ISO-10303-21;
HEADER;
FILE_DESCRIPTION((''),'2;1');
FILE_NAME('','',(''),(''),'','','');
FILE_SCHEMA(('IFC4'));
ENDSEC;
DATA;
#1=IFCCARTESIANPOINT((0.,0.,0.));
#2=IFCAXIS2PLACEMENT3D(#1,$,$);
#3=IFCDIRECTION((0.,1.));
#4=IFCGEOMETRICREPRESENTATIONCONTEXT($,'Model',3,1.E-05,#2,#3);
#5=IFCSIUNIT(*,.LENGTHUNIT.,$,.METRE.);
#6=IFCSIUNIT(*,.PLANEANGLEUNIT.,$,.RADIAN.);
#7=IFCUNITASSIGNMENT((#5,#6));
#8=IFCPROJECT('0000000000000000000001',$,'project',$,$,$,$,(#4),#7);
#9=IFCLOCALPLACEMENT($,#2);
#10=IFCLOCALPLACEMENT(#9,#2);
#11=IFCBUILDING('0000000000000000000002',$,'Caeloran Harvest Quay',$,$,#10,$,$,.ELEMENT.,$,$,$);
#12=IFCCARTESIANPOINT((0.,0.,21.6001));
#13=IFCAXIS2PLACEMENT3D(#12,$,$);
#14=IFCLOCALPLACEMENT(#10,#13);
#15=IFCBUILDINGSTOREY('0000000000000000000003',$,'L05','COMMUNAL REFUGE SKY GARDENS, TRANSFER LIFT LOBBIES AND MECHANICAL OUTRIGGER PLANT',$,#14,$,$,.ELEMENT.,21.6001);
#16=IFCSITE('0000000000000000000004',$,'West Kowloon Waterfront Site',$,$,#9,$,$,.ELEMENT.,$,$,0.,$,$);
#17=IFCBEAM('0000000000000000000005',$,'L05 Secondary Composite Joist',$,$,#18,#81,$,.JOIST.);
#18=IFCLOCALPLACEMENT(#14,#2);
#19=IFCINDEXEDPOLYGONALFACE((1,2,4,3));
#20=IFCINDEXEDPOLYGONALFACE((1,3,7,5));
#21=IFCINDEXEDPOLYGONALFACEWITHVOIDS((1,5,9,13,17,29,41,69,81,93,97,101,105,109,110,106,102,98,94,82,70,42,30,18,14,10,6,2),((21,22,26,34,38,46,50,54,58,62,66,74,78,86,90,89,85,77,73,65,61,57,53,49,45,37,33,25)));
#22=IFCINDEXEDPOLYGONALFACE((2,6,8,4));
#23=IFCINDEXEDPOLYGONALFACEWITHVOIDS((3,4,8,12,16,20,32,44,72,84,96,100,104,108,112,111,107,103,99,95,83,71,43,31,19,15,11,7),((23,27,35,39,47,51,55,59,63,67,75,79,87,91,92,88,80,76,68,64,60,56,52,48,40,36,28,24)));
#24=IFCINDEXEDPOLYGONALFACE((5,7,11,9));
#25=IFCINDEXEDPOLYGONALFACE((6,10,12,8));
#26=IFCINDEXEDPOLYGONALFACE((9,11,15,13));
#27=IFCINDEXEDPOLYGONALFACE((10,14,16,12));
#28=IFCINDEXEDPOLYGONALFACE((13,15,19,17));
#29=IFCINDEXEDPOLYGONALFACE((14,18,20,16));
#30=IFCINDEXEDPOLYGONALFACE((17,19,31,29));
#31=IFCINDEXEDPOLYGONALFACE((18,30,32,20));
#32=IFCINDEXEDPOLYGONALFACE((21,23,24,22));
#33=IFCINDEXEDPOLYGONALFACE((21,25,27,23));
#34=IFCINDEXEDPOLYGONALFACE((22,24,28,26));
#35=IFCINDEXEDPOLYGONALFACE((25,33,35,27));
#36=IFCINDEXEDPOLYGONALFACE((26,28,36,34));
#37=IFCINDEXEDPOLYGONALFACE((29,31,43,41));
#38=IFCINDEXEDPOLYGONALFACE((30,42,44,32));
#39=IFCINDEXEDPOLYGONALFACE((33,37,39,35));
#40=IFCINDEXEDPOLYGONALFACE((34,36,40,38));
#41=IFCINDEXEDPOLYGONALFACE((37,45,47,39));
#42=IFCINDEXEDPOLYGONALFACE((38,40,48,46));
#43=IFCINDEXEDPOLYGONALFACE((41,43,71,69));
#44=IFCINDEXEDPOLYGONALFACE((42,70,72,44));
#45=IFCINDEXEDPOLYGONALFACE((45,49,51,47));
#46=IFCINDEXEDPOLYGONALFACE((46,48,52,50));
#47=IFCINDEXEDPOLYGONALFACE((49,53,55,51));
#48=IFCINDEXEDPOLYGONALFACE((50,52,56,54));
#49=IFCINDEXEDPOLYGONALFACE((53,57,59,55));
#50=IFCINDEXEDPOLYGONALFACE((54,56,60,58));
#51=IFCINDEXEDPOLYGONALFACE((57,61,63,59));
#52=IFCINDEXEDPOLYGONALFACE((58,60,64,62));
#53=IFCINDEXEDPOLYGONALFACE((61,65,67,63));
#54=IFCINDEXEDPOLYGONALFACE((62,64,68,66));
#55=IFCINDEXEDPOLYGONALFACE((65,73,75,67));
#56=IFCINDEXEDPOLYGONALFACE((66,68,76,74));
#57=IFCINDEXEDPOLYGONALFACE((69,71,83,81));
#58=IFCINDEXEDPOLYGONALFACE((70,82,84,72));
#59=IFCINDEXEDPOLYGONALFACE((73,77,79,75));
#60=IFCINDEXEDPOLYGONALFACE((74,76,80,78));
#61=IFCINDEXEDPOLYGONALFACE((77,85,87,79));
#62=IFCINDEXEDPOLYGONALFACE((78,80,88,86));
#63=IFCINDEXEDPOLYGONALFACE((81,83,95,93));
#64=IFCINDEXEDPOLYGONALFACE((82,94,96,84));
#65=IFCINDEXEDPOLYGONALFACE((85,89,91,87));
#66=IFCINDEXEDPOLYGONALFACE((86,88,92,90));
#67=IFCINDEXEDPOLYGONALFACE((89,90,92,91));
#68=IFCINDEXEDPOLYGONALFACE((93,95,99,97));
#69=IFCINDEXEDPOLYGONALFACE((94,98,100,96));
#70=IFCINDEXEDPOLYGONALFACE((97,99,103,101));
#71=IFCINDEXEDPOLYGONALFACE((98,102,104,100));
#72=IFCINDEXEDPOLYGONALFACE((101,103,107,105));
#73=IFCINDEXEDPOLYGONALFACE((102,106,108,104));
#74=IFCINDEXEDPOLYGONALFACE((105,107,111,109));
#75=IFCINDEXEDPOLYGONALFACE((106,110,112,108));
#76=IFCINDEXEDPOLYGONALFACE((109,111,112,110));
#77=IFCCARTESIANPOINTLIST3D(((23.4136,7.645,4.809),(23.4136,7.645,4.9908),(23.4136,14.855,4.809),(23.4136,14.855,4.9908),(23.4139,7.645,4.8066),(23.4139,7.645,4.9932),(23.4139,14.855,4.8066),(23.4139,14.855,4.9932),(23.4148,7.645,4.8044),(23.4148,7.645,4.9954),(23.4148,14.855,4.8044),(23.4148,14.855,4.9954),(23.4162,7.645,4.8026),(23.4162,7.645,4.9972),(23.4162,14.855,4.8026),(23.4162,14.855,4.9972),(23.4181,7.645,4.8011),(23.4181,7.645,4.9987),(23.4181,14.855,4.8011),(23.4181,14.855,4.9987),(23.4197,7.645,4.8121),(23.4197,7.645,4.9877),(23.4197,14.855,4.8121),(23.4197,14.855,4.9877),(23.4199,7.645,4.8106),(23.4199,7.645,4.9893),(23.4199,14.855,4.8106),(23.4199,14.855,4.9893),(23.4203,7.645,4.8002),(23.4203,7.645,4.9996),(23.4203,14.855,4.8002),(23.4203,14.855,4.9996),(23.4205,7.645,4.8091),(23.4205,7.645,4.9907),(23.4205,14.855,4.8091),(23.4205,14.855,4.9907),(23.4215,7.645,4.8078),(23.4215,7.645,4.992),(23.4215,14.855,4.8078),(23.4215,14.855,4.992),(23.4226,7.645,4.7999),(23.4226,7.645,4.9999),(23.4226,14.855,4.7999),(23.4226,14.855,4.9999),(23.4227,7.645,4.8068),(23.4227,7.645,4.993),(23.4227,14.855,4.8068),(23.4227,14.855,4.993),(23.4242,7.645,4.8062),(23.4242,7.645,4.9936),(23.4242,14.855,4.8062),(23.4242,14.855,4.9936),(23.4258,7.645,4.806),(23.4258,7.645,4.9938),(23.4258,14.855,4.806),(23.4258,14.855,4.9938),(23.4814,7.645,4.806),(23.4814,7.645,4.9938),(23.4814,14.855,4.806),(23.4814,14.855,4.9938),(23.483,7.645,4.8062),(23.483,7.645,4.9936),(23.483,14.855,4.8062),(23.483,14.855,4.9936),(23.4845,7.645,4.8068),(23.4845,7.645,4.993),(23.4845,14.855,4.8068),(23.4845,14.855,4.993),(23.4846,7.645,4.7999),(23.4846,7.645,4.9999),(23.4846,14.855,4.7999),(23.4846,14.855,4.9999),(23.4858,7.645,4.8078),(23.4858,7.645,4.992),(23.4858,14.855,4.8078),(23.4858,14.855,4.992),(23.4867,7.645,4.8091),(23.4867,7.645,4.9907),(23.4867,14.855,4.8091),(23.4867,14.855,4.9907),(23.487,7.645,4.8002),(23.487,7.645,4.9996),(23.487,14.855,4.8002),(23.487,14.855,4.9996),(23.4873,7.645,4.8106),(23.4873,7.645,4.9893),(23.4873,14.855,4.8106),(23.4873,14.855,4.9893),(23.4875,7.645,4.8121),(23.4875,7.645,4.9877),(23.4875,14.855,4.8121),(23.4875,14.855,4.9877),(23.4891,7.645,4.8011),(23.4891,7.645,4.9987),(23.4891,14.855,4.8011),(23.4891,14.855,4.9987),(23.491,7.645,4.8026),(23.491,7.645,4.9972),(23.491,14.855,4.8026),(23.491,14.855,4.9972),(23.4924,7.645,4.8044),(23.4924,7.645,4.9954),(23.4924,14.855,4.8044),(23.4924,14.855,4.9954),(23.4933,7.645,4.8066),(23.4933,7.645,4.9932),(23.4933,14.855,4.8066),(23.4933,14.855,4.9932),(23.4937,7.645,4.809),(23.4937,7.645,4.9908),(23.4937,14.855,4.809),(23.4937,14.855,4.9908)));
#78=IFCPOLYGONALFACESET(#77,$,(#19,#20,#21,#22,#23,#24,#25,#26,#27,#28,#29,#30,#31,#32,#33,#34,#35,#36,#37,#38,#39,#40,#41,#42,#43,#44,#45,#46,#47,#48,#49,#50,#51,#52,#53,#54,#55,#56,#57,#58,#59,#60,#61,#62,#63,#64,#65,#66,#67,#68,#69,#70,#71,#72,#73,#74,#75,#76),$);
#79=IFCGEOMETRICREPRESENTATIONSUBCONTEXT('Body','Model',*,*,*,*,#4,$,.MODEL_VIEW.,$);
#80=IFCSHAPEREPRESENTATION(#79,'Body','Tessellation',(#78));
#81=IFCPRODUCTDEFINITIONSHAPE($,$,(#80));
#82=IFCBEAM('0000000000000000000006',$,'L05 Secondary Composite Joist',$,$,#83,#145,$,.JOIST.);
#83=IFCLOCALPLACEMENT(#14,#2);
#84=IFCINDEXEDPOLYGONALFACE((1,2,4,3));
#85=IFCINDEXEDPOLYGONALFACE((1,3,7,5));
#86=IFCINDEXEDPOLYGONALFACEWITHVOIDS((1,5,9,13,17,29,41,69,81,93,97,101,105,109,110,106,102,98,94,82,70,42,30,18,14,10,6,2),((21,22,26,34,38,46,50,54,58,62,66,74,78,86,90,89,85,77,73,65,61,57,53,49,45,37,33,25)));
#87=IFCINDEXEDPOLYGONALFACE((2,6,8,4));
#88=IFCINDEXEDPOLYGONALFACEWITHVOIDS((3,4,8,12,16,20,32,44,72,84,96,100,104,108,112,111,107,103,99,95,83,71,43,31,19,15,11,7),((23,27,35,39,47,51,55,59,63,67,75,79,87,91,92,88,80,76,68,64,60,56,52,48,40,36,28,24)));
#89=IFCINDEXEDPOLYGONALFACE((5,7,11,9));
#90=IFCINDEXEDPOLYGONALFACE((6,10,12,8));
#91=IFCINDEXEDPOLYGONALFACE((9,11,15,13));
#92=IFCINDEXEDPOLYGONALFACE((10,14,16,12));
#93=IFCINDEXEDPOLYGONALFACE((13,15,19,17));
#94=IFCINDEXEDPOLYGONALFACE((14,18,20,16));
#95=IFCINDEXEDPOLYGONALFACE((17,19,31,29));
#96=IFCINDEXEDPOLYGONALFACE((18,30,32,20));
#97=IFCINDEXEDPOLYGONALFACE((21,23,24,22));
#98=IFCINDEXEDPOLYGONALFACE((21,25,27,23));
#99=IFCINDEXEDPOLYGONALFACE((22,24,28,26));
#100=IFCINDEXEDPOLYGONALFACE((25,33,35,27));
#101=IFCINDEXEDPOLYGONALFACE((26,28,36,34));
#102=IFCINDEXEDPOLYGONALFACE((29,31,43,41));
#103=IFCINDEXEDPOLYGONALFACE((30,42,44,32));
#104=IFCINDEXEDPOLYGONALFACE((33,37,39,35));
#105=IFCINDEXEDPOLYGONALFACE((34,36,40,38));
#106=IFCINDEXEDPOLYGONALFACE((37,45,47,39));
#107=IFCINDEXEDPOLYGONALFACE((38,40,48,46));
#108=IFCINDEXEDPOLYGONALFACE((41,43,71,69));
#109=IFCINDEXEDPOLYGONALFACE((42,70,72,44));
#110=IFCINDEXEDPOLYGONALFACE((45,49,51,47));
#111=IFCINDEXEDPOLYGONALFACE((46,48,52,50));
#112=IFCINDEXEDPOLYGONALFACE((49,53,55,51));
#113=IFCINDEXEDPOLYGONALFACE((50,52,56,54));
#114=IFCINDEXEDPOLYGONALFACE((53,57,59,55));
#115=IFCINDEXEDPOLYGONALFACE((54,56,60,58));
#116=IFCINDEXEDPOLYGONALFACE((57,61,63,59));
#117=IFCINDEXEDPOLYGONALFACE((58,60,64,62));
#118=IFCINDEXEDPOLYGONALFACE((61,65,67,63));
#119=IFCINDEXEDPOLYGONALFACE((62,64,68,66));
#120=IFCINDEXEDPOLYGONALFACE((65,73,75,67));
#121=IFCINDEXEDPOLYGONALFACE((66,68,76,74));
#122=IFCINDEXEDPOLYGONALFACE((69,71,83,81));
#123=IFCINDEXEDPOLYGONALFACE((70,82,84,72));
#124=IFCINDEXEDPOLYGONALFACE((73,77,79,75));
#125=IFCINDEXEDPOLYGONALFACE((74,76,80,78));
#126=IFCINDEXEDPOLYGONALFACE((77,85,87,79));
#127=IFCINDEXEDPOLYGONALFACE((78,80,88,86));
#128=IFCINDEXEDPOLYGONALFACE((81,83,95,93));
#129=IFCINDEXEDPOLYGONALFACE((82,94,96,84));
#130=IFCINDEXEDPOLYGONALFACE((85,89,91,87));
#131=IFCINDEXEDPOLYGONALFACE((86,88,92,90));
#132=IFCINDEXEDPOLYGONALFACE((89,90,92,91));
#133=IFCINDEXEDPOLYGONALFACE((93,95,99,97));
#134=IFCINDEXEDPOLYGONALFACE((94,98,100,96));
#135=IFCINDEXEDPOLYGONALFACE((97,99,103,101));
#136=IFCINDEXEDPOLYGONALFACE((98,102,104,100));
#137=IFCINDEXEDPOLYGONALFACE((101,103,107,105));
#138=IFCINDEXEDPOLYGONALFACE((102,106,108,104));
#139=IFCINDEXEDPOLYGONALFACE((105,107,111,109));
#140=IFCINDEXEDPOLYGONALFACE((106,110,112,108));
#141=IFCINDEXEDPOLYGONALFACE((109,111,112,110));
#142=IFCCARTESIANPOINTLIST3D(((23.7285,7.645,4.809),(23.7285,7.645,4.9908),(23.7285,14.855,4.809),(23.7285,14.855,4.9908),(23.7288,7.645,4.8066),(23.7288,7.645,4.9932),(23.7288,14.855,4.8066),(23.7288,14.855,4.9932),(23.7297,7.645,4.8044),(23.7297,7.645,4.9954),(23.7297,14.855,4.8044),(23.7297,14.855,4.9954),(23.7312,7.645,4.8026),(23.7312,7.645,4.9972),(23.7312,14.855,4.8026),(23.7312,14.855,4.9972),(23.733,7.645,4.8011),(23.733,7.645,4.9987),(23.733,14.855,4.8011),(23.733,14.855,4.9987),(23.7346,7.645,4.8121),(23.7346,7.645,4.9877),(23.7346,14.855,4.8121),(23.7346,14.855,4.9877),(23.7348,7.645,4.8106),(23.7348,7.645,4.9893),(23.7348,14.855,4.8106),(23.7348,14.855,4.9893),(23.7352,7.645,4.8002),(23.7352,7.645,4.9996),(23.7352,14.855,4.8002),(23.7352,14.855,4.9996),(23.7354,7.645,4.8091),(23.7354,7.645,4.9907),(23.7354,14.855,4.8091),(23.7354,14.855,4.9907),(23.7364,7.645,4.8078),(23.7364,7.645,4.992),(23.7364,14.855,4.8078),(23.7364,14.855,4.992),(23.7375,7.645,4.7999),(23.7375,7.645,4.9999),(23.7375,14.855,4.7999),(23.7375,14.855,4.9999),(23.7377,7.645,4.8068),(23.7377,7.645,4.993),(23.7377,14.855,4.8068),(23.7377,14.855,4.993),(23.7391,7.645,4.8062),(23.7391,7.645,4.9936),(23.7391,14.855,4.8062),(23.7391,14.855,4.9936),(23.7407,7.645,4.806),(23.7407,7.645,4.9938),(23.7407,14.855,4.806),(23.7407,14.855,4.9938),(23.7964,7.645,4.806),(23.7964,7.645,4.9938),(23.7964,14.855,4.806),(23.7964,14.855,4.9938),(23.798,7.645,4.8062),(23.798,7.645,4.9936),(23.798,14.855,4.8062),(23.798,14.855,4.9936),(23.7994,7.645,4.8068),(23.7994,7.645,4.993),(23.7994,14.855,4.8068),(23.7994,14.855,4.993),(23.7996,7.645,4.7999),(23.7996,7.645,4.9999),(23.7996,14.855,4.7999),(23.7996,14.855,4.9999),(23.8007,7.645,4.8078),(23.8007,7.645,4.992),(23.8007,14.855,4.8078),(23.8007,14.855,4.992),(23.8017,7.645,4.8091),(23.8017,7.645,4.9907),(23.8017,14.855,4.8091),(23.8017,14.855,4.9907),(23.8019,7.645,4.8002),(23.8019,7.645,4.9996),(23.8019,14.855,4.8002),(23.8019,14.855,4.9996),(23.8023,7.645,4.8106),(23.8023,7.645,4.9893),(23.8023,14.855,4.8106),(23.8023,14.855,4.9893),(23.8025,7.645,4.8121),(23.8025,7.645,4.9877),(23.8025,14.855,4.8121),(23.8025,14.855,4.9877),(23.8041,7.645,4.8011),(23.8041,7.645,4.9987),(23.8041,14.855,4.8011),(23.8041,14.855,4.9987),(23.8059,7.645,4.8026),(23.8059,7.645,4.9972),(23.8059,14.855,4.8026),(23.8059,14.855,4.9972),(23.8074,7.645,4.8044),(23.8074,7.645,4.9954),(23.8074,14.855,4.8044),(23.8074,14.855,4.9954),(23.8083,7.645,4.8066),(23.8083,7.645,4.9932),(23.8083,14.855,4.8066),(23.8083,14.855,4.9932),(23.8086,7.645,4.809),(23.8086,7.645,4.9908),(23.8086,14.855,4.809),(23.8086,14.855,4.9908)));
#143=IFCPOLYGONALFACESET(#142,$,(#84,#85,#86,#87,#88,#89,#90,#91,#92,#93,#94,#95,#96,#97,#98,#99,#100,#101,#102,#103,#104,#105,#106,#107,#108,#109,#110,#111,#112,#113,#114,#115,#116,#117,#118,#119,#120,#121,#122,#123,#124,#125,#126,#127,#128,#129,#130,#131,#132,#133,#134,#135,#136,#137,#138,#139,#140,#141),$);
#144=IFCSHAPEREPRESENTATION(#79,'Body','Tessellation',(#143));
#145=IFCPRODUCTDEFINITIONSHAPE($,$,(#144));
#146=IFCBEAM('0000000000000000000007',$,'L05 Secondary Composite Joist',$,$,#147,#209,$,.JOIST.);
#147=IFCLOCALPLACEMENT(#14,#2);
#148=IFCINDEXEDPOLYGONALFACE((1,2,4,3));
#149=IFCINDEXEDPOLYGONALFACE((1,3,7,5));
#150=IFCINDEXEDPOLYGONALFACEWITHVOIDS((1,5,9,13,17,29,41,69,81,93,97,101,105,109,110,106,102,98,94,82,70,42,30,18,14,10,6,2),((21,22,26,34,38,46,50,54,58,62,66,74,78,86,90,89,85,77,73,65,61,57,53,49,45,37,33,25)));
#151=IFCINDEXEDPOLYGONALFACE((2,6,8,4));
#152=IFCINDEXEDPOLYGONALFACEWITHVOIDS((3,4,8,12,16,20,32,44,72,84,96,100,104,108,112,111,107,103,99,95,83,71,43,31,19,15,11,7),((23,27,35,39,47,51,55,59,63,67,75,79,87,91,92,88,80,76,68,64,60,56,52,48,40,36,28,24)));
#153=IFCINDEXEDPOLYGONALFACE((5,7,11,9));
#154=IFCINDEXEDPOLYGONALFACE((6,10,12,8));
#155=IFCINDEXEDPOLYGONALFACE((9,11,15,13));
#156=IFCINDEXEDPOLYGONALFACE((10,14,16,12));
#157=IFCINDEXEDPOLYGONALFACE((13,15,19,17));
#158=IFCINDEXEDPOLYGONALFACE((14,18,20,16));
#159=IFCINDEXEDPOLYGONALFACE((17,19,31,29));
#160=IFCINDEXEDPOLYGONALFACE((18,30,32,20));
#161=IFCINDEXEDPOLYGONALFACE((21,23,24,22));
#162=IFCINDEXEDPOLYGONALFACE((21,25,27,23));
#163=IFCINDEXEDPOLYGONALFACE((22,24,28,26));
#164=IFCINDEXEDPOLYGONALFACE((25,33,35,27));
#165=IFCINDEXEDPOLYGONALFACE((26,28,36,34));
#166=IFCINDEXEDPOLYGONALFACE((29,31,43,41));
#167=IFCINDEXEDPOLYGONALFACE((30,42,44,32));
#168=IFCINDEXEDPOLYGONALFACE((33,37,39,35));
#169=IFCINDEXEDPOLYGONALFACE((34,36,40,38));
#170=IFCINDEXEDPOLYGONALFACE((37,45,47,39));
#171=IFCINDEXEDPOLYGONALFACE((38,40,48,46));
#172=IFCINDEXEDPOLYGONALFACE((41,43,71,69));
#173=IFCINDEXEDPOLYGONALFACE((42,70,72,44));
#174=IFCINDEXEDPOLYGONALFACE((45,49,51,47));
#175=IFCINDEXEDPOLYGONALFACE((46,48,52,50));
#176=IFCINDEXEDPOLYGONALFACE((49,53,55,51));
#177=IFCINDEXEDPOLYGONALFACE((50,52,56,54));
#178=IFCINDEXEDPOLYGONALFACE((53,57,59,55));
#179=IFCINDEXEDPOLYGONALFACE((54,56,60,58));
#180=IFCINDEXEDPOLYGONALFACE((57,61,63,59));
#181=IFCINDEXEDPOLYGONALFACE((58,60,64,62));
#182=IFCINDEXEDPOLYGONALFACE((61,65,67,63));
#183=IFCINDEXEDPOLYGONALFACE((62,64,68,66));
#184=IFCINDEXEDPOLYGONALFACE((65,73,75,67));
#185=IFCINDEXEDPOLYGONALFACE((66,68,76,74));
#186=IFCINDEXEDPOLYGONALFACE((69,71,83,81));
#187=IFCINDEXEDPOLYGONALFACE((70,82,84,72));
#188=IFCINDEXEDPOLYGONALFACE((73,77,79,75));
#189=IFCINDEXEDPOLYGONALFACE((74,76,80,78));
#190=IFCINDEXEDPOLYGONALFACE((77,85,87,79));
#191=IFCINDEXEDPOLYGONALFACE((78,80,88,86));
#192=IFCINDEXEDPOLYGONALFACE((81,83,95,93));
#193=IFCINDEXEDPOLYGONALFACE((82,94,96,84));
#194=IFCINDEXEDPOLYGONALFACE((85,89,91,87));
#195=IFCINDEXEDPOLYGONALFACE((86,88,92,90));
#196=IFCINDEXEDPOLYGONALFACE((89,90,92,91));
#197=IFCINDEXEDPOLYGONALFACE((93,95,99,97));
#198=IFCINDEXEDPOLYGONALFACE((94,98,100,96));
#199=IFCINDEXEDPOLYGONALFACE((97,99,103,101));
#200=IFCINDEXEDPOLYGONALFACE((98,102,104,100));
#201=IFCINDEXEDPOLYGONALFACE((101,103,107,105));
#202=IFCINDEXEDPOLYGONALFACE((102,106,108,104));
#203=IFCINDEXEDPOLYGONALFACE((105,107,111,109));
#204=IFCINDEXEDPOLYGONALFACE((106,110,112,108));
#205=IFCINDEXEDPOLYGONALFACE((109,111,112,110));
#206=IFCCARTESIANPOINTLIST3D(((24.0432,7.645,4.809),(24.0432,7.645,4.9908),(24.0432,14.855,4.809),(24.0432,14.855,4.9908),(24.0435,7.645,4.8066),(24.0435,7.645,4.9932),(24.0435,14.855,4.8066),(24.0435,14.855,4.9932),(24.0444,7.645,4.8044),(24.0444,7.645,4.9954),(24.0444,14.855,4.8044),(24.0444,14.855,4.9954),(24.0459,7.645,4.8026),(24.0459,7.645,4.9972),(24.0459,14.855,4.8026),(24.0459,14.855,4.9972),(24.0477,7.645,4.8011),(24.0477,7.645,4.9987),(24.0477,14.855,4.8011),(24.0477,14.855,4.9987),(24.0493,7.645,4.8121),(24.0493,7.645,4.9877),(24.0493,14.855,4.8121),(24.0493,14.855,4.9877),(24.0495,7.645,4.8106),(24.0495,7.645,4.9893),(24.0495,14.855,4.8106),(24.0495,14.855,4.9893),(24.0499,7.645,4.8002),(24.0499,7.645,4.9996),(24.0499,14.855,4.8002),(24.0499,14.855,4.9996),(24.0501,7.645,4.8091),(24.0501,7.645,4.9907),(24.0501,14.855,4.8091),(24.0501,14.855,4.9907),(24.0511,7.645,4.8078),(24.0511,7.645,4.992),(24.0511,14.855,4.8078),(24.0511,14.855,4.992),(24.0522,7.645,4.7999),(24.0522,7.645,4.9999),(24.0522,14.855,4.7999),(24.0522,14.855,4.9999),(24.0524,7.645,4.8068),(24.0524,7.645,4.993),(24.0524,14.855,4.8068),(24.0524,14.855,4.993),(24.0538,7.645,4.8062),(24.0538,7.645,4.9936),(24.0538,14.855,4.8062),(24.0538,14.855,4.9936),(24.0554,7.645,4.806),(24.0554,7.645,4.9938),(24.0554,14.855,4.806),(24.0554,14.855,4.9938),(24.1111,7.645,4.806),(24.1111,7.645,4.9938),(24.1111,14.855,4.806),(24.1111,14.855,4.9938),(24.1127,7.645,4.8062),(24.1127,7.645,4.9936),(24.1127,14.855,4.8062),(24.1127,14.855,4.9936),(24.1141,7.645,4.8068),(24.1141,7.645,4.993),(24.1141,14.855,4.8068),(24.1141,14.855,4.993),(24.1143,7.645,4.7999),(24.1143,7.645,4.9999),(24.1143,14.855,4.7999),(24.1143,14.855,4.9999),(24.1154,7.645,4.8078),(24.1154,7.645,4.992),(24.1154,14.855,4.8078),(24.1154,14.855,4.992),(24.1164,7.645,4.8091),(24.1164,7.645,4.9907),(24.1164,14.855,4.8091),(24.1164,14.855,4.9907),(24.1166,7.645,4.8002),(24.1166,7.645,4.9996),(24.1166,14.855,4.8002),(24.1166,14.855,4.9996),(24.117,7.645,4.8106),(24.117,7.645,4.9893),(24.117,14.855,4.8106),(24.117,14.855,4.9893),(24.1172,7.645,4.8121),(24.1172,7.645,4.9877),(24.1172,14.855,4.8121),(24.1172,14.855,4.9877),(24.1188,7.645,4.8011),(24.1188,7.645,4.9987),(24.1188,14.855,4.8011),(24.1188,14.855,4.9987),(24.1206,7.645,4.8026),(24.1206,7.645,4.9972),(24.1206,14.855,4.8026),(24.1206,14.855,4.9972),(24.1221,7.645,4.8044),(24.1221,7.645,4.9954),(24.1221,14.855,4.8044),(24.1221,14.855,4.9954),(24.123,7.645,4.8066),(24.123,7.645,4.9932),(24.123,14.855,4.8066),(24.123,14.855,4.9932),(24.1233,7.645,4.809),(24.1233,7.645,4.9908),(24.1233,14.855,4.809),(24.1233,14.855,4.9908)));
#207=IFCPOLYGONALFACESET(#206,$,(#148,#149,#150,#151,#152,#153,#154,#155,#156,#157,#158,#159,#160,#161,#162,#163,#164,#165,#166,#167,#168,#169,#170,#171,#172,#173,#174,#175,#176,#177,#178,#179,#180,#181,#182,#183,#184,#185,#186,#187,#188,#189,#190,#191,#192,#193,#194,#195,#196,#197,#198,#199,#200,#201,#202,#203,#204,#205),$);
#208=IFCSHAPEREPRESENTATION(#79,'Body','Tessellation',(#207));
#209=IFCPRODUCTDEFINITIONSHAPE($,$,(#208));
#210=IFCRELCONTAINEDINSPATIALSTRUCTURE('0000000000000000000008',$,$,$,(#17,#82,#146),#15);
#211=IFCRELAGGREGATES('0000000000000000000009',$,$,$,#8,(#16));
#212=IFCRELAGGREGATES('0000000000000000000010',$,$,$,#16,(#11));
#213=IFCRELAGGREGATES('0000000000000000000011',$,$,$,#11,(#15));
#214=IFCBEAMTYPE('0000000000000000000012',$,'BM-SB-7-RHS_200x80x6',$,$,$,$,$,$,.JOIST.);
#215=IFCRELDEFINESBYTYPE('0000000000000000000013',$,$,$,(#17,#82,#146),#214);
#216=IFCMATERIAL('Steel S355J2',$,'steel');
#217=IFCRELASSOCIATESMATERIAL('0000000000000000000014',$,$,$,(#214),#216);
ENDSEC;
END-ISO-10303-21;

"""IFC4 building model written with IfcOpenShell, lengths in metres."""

from ifc_helpers import new_model, si_unit, direction, frame, origin, origin_2d, place, context, subcontext, project, spatial, hollow_rectangle, extrude, material, material_profile, profile_set, type_object, element, save


model = new_model("IFC4")

# Units and contexts
model_context = context("Model", 3, precision=1e-05, world=origin(), true_north=direction((0.0, 1.0)))
body_context = subcontext(model_context, "Body", "Model", "MODEL_VIEW")
ifc_project = project(units=[si_unit("LENGTHUNIT", "METRE"), si_unit("PLANEANGLEUNIT", "RADIAN")], contexts=[model_context])

# Site, building, storey
site_placement = place(None, origin())
site = spatial("IfcSite", under=ifc_project, at=site_placement, Name="West Kowloon Waterfront Site", CompositionType="ELEMENT", RefElevation=0.0)
building_placement = place(site_placement, origin())
building = spatial("IfcBuilding", under=site, at=building_placement, Name="Caeloran Harvest Quay", CompositionType="ELEMENT")
storey_placement = place(building_placement, frame((0.0, 0.0, 21.6001)))
storey = spatial("IfcBuildingStorey", under=building, at=storey_placement, Name="L05", Description="COMMUNAL REFUGE SKY GARDENS, TRANSFER LIFT LOBBIES AND MECHANICAL OUTRIGGER PLANT", CompositionType="ELEMENT", Elevation=21.6001)

# Beams
ifc_material_1 = material(Name="Steel S355J2", Category="steel")
ifc_material_profile_1 = material_profile(ifc_material_1, hollow_rectangle(XDim=0.0801, YDim=0.2, WallThickness=0.0061, InnerFilletRadius=0.0061, OuterFilletRadius=0.009, at=origin_2d()), Name="RHS 200x80x6")
ifc_profile_set_1 = profile_set([ifc_material_profile_1], Name="Steel S355J2")
beam_type_1 = type_object("IfcBeamType", Name="BM-SB-7-RHS_200x80x6", PredefinedType="JOIST", material=ifc_profile_set_1)
for number, where, z_axis, x_axis, name in (
    (1, (23.4536, 7.645, 4.8999), (0.0, 1.0, 0.0), (-1.0, 0.0, 0.0), "L05 Secondary Composite Joist"),
    (2, (23.7686, 7.645, 4.8999), (0.0, 1.0, 0.0), (-1.0, 0.0, 0.0), "L05 Secondary Composite Joist"),
    (3, (24.0833, 7.645, 4.8999), (0.0, 1.0, 0.0), (-1.0, 0.0, 0.0), "L05 Secondary Composite Joist"),
):
    element("IfcBeam", number, at=place(storey_placement, frame(where, z_axis=z_axis, x_axis=x_axis)), inside=storey, type_object=beam_type_1, Name=name, PredefinedType="JOIST", context=body_context, shape_type="SweptSolid", body=[
        extrude(hollow_rectangle(XDim=0.0801, YDim=0.2, WallThickness=0.0061, InnerFilletRadius=0.0061, OuterFilletRadius=0.009, at=origin_2d()), origin(), (0.0, 0.0, 1.0), 7.21),
    ])

save(model, "model.ifc")
